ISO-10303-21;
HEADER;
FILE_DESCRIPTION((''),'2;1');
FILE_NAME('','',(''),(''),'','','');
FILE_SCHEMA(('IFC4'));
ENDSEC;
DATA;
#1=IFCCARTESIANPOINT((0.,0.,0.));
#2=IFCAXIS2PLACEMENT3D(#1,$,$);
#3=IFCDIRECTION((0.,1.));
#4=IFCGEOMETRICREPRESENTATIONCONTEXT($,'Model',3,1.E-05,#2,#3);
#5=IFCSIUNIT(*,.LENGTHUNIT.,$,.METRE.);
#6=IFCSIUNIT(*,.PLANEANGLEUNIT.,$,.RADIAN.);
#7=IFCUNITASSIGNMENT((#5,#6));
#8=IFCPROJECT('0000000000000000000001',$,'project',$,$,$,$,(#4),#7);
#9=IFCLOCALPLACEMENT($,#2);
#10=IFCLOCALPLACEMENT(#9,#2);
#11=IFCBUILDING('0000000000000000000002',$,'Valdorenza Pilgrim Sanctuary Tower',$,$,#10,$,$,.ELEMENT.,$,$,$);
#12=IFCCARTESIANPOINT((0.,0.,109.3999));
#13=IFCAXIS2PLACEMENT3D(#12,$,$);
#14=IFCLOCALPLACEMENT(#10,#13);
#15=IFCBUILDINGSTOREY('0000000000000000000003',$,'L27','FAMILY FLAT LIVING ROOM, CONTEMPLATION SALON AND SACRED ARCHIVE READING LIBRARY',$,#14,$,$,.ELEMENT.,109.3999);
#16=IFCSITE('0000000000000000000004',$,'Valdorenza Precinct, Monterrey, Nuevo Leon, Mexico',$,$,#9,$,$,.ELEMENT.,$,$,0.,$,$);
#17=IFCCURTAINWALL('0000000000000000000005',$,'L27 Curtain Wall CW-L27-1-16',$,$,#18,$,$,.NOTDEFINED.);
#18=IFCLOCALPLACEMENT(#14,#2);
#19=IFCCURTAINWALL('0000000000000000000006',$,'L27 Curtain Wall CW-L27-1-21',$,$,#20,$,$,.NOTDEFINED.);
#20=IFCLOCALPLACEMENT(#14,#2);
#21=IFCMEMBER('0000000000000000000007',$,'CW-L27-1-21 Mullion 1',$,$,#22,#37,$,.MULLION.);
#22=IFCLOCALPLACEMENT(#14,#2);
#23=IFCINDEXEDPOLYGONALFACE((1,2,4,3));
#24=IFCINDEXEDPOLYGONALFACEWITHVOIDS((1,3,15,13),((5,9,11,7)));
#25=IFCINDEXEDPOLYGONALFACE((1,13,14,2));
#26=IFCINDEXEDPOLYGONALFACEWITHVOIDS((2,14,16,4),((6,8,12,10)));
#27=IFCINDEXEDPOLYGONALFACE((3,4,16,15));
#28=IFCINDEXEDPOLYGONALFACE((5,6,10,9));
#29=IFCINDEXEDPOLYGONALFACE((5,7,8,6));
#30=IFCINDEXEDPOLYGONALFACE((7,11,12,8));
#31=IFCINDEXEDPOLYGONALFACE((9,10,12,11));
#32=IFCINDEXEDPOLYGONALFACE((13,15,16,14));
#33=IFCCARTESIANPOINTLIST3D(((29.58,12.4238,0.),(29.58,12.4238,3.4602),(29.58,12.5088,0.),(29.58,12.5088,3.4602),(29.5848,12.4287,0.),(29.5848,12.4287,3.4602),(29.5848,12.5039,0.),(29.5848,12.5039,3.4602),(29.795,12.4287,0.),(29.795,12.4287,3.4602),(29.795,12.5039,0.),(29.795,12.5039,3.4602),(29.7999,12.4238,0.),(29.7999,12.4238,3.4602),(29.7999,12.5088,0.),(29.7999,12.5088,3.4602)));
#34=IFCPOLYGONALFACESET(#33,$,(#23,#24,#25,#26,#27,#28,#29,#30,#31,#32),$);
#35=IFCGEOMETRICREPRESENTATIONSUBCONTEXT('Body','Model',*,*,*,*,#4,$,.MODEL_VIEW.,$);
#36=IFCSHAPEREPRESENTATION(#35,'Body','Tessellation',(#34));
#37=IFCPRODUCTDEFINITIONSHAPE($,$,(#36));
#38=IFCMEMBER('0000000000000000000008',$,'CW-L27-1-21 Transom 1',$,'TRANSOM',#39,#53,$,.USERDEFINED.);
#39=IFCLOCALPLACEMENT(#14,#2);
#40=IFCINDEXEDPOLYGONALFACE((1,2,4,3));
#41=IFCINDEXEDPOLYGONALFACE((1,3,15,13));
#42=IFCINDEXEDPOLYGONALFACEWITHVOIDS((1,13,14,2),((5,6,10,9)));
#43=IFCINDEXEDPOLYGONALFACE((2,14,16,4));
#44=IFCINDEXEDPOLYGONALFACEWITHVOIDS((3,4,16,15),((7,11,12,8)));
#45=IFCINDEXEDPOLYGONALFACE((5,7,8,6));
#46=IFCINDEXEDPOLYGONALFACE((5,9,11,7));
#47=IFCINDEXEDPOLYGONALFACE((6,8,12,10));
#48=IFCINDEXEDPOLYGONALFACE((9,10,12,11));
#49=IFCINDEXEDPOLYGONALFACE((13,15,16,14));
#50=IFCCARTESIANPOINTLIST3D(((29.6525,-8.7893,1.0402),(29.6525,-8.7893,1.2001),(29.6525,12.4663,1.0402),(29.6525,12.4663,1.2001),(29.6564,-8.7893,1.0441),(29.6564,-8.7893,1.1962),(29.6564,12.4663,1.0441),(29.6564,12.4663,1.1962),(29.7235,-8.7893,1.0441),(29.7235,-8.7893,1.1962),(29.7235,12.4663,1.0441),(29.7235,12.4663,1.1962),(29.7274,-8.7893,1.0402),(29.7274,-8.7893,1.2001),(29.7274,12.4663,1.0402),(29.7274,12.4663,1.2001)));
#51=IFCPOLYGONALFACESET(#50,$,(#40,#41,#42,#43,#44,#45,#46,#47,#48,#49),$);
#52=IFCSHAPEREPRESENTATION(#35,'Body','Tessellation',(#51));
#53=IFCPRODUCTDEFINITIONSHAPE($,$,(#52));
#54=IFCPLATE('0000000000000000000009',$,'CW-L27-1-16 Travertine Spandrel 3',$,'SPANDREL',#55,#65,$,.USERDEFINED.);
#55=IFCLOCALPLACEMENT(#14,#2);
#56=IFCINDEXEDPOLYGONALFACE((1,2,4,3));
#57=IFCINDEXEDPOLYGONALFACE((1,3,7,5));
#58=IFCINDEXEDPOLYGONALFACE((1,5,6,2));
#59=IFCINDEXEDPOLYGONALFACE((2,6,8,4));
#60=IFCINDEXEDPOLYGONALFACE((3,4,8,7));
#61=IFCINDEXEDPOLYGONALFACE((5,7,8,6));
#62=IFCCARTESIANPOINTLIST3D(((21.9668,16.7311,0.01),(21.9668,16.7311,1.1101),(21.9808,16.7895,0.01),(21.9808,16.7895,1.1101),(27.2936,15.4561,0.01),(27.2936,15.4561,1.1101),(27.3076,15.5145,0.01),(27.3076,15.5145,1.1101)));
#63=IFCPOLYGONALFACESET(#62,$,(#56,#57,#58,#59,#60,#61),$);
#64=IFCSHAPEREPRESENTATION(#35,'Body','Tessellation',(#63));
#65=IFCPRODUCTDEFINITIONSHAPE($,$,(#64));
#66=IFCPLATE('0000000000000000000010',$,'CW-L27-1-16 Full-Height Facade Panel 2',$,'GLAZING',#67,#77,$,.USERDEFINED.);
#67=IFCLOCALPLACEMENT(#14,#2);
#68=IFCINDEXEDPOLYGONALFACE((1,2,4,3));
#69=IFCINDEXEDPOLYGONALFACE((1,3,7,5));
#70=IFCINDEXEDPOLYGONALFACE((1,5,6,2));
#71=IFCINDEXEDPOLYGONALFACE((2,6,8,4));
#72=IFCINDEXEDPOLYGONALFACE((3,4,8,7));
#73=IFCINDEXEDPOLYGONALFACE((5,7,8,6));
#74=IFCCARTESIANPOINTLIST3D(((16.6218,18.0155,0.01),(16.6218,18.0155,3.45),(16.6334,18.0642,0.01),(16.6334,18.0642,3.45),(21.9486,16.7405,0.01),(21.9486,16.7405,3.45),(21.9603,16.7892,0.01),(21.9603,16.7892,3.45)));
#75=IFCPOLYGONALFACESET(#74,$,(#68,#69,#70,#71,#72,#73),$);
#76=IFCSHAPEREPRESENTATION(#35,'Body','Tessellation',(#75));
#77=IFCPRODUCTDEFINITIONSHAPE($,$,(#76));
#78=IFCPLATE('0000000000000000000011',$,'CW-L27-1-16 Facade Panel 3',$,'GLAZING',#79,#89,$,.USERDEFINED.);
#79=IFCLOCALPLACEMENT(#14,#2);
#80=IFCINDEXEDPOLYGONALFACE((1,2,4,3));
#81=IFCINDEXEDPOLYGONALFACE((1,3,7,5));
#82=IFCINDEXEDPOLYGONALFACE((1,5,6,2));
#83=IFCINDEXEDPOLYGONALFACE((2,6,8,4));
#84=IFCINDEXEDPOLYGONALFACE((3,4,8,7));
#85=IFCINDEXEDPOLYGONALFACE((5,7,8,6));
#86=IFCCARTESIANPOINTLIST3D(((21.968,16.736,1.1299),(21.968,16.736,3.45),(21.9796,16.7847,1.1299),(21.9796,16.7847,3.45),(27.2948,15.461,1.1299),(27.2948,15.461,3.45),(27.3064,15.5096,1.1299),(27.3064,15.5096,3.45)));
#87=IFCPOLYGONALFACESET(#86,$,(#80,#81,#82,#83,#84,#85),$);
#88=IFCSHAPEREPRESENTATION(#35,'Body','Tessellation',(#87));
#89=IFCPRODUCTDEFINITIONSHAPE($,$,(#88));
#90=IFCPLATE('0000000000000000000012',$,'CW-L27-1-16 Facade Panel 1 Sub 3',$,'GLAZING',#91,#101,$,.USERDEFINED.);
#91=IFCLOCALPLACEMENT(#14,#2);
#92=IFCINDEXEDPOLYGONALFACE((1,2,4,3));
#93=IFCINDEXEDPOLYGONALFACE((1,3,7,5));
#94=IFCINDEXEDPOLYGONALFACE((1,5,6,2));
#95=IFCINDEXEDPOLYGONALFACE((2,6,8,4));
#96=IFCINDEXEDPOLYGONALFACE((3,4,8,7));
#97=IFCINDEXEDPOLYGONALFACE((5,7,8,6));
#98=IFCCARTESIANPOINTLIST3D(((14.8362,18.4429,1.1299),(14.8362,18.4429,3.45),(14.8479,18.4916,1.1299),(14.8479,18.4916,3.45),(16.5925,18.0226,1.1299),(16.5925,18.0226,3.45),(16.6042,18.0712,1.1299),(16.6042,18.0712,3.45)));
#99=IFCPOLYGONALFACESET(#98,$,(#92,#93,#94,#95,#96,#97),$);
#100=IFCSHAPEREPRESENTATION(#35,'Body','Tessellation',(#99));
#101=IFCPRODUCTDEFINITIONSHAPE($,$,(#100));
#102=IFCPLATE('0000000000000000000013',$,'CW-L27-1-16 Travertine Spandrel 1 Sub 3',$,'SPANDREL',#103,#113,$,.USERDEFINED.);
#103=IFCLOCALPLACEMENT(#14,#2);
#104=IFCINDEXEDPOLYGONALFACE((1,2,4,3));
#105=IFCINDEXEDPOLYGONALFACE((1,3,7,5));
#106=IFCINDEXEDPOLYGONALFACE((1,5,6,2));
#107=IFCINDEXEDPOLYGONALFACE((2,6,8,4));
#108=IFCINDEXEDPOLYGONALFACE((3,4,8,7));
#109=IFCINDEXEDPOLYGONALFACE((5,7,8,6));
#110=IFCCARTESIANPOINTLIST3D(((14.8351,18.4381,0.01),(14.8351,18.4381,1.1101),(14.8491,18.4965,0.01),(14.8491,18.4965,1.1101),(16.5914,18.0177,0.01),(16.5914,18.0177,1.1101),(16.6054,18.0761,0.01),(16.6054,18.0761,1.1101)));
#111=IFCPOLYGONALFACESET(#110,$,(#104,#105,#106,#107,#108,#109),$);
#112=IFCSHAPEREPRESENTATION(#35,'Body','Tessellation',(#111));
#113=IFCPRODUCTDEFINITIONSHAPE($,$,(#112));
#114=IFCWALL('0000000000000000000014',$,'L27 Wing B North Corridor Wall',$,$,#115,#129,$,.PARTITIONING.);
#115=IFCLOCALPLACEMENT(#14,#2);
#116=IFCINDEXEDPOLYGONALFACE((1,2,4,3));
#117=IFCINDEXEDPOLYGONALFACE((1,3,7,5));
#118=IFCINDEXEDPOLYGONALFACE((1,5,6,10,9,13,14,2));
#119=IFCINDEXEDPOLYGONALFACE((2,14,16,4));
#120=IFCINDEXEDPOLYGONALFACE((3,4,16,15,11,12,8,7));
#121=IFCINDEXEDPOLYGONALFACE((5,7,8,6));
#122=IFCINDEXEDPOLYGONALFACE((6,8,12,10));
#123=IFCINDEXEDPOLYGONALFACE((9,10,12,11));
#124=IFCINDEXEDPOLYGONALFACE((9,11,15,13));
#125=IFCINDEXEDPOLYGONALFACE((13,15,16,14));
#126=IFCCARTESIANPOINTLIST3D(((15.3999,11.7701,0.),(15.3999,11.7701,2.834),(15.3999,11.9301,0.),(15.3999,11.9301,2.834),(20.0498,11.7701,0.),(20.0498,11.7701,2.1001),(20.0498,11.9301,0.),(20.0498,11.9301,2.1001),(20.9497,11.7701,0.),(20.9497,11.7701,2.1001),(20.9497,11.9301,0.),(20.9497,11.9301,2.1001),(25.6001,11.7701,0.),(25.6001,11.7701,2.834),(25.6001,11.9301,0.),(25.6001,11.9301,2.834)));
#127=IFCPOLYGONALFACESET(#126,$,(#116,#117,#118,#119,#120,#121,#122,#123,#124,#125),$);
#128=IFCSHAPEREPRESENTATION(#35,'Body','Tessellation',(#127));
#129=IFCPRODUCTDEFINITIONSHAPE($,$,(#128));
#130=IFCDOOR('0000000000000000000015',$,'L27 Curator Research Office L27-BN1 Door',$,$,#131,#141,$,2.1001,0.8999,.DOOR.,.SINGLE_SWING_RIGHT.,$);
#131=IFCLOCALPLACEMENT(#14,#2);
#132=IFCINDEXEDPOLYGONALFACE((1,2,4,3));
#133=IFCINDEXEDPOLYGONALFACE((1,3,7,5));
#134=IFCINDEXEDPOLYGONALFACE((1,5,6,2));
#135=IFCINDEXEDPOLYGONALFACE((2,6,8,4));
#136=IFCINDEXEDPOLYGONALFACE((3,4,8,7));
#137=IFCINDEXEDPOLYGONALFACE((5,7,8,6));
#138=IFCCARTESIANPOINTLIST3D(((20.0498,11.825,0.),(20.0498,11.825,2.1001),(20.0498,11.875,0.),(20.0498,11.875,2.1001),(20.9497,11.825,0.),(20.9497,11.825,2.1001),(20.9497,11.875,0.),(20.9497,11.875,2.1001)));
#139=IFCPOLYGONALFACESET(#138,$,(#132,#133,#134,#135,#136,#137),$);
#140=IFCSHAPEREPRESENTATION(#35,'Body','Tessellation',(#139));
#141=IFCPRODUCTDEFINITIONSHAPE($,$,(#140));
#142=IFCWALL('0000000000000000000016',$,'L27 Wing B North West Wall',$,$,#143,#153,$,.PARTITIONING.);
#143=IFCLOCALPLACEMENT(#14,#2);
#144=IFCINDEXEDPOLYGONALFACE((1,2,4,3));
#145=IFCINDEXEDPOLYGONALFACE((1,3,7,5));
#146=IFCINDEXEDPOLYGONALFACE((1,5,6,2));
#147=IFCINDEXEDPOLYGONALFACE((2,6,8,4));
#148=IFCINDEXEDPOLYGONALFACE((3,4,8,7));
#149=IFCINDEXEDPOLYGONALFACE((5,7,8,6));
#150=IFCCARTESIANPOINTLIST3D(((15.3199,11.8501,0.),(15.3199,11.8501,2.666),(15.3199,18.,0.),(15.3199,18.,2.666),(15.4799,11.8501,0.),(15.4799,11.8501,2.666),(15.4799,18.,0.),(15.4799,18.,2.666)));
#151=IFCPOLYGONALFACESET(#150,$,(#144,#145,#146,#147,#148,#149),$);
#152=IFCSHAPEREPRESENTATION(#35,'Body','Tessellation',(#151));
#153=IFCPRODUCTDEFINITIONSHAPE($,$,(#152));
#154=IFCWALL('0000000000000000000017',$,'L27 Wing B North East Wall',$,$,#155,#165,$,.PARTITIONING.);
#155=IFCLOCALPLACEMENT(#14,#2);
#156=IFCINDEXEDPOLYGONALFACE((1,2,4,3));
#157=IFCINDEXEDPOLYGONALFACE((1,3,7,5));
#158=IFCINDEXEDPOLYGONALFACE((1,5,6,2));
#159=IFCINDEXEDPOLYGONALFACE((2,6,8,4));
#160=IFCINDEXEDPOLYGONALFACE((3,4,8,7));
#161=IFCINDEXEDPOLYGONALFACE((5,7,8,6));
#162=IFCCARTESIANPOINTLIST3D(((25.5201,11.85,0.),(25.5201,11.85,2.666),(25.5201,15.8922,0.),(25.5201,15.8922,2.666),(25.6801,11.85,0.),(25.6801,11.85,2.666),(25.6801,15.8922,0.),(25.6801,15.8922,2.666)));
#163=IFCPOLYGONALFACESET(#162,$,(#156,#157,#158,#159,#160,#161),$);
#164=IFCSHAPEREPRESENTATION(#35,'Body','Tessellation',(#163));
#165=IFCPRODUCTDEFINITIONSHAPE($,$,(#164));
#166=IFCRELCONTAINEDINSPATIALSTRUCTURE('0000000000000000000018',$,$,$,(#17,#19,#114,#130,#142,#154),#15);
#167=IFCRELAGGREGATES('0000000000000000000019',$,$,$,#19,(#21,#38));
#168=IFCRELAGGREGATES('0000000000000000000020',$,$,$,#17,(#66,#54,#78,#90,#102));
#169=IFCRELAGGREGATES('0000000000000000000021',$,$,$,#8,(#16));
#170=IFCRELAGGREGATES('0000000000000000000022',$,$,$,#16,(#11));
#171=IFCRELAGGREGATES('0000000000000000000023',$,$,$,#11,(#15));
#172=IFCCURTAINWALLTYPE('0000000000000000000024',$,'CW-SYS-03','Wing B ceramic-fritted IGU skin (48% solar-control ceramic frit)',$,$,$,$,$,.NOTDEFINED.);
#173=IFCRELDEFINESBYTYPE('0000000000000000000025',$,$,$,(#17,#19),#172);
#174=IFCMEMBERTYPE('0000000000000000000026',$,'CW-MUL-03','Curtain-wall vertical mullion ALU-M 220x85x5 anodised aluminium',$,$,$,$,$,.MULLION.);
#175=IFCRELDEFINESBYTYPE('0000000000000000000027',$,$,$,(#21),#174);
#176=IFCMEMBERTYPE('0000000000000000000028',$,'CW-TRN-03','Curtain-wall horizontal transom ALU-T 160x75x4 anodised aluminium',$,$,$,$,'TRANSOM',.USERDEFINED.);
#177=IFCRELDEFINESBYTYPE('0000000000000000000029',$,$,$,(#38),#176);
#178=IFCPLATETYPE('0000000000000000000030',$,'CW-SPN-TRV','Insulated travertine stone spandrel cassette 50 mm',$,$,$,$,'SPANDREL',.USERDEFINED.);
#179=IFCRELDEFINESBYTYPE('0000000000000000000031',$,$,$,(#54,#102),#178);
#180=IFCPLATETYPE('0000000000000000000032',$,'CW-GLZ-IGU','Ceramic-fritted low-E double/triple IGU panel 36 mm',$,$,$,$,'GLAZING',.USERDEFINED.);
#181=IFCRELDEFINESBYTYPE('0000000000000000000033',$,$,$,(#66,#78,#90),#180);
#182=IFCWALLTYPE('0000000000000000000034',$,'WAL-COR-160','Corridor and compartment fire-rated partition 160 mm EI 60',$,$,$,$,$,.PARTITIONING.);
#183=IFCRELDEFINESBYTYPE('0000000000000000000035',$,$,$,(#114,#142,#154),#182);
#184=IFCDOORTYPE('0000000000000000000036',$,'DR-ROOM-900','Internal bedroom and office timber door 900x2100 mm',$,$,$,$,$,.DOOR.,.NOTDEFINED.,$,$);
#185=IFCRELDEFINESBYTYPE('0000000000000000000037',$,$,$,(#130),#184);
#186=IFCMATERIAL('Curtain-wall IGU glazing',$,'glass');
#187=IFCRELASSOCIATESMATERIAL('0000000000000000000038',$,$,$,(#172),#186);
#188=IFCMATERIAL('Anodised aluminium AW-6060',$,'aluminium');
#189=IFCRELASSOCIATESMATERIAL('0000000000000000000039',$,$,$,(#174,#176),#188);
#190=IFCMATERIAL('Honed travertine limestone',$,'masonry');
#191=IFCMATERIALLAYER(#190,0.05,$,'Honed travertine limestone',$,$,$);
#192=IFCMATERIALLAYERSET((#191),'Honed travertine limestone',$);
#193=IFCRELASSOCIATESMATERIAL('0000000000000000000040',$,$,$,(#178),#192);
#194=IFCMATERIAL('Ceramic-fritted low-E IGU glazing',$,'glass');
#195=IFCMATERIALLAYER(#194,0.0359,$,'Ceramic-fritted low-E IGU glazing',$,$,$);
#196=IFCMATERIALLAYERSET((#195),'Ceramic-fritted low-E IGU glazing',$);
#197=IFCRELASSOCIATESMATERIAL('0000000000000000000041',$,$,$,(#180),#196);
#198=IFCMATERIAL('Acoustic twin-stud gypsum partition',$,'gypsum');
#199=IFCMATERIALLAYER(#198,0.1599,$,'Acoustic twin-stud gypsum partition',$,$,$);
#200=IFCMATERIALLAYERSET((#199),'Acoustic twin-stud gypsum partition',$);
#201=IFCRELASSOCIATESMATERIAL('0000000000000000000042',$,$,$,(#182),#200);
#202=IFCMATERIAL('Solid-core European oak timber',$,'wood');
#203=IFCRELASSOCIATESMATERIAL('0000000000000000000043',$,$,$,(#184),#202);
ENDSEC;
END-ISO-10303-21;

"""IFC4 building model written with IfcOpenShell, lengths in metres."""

from ifc_helpers import new_model, si_unit, direction, frame, frame_2d, origin, origin_2d, place, context, subcontext, project, spatial, rectangle, hollow_rectangle, extrude, source, transform, mapped, material, layer, layer_set, material_profile, profile_set, type_object, element, fill, aggregate, save


model = new_model("IFC4")

# Units and contexts
model_context = context("Model", 3, precision=1e-05, world=origin(), true_north=direction((0.0, 1.0)))
body_context = subcontext(model_context, "Body", "Model", "MODEL_VIEW")
ifc_project = project(units=[si_unit("LENGTHUNIT", "METRE"), si_unit("PLANEANGLEUNIT", "RADIAN")], contexts=[model_context])

# Site, building, storey
site_placement = place(None, origin())
site = spatial("IfcSite", under=ifc_project, at=site_placement, Name="Valdorenza Precinct, Monterrey, Nuevo Leon, Mexico", CompositionType="ELEMENT", RefElevation=0.0)
building_placement = place(site_placement, origin())
building = spatial("IfcBuilding", under=site, at=building_placement, Name="Valdorenza Pilgrim Sanctuary Tower", CompositionType="ELEMENT")
storey_placement = place(building_placement, frame((0.0, 0.0, 109.3999)))
storey = spatial("IfcBuildingStorey", under=building, at=storey_placement, Name="L27", Description="FAMILY FLAT LIVING ROOM, CONTEMPLATION SALON AND SACRED ARCHIVE READING LIBRARY", CompositionType="ELEMENT", Elevation=109.3999)

# Curtain walls, members
ifc_material_1 = material(Name="Curtain-wall IGU glazing", Category="glass")
curtain_wall_type = type_object("IfcCurtainWallType", Name="CW-SYS-03", Description="Wing B ceramic-fritted IGU skin (48% solar-control ceramic frit)", PredefinedType="NOTDEFINED", material=ifc_material_1)
curtain_wall_1_placement = place(storey_placement, origin())
curtain_wall_1 = element("IfcCurtainWall", 1, at=curtain_wall_1_placement, inside=storey, type_object=curtain_wall_type, Name="L27 Curtain Wall CW-L27-1-16", PredefinedType="NOTDEFINED")
ifc_material_2 = material(Name="Anodised aluminium AW-6060", Category="aluminium")
ifc_material_profile_1 = material_profile(ifc_material_2, hollow_rectangle(XDim=0.085, YDim=0.22, WallThickness=0.0049, at=origin_2d()), Name="ALU-M 220x85x5")
ifc_profile_set_1 = profile_set([ifc_material_profile_1], Name="Anodised aluminium AW-6060")
member_type_1 = type_object("IfcMemberType", Name="CW-MUL-03", Description="Curtain-wall vertical mullion ALU-M 220x85x5 anodised aluminium", PredefinedType="MULLION", material=ifc_profile_set_1)
shared_shape_1 = source(origin(), body_context, "Body", "SweptSolid", [
    extrude(hollow_rectangle(XDim=0.085, YDim=0.22, WallThickness=0.0049, at=origin_2d()), origin(), (0.0, 0.0, 1.0), 3.4602),
])
curtain_wall_2_placement = place(storey_placement, origin())
curtain_wall_2 = element("IfcCurtainWall", 2, at=curtain_wall_2_placement, inside=storey, type_object=curtain_wall_type, Name="L27 Curtain Wall CW-L27-1-21", PredefinedType="NOTDEFINED")
member_1_placement = place(storey_placement, frame((29.6899, 12.4663, 0.0), z_axis=(0.0, 0.0, 1.0), x_axis=(0.0, -1.0, 0.0)))
member_1 = element("IfcMember", 3, at=member_1_placement, type_object=member_type_1, Name="CW-L27-1-21 Mullion 1", PredefinedType="MULLION", context=body_context, shape_type="MappedRepresentation", body=[
    mapped(shared_shape_1, transform((0.0, 0.0, 0.0), x_axis=(1.0, 0.0, 0.0), y_axis=(0.0, 1.0, 0.0), z_axis=(0.0, 0.0, 1.0), scale=1.0)),
])
ifc_material_profile_2 = material_profile(ifc_material_2, hollow_rectangle(XDim=0.075, YDim=0.1599, WallThickness=0.0039, at=origin_2d()), Name="ALU-T 160x75x4")
ifc_profile_set_2 = profile_set([ifc_material_profile_2], Name="Anodised aluminium AW-6060")
member_type_2 = type_object("IfcMemberType", Name="CW-TRN-03", Description="Curtain-wall horizontal transom ALU-T 160x75x4 anodised aluminium", ElementType="TRANSOM", PredefinedType="USERDEFINED", material=ifc_profile_set_2)
shared_shape_2 = source(origin(), body_context, "Body", "SweptSolid", [
    extrude(hollow_rectangle(XDim=0.075, YDim=0.1599, WallThickness=0.0039, at=origin_2d()), origin(), (0.0, 0.0, 1.0), 21.2556),
])
member_2_placement = place(storey_placement, frame((29.6899, 12.4663, 1.1201), z_axis=(0.0, -1.0, 0.0), x_axis=(1.0, 0.0, 0.0)))
member_2 = element("IfcMember", 4, at=member_2_placement, type_object=member_type_2, Name="CW-L27-1-21 Transom 1", ObjectType="TRANSOM", PredefinedType="USERDEFINED", context=body_context, shape_type="MappedRepresentation", body=[
    mapped(shared_shape_2, transform((0.0, 0.0, 0.0), x_axis=(1.0, 0.0, 0.0), y_axis=(0.0, 1.0, 0.0), z_axis=(0.0, 0.0, 1.0), scale=1.0)),
])
aggregate(curtain_wall_2, [member_1, member_2])

# Plates
ifc_material_3 = material(Name="Honed travertine limestone", Category="masonry")
ifc_layer_1 = layer(ifc_material_3, 0.05, Name="Honed travertine limestone")
ifc_layer_set_1 = layer_set([ifc_layer_1], Name="Honed travertine limestone")
plate_type_1 = type_object("IfcPlateType", Name="CW-SPN-TRV", Description="Insulated travertine stone spandrel cassette 50 mm", ElementType="SPANDREL", PredefinedType="USERDEFINED", material=ifc_layer_set_1)
shared_shape_3 = source(origin(), body_context, "Body", "SweptSolid", [
    extrude(rectangle(XDim=5.4773, YDim=0.0601, at=origin_2d()), origin(), (0.0, 0.0, 1.0), 1.1001),
])
plate_1_placement = place(storey_placement, frame((24.6372, 16.1228, 0.01), z_axis=(0.0, 0.0, 1.0), x_axis=(0.972529, -0.232783, 0.0)))
plate_1 = element("IfcPlate", 5, at=plate_1_placement, type_object=plate_type_1, Name="CW-L27-1-16 Travertine Spandrel 3", ObjectType="SPANDREL", PredefinedType="USERDEFINED", context=body_context, shape_type="MappedRepresentation", body=[
    mapped(shared_shape_3, transform((0.0, 0.0, 0.0), x_axis=(1.0, 0.0, 0.0), y_axis=(0.0, 1.0, 0.0), z_axis=(0.0, 0.0, 1.0), scale=1.0)),
])
ifc_material_4 = material(Name="Ceramic-fritted low-E IGU glazing", Category="glass")
ifc_layer_2 = layer(ifc_material_4, 0.0359, Name="Ceramic-fritted low-E IGU glazing")
ifc_layer_set_2 = layer_set([ifc_layer_2], Name="Ceramic-fritted low-E IGU glazing")
plate_type_2 = type_object("IfcPlateType", Name="CW-GLZ-IGU", Description="Ceramic-fritted low-E double/triple IGU panel 36 mm", ElementType="GLAZING", PredefinedType="USERDEFINED", material=ifc_layer_set_2)
shared_shape_4 = source(origin(), body_context, "Body", "SweptSolid", [
    extrude(rectangle(XDim=5.4773, YDim=0.05, at=origin_2d()), origin(), (0.0, 0.0, 1.0), 3.4399),
])
plate_2_placement = place(storey_placement, frame((19.291, 17.4023, 0.01), z_axis=(0.0, 0.0, 1.0), x_axis=(0.972529, -0.232783, 0.0)))
plate_2 = element("IfcPlate", 6, at=plate_2_placement, type_object=plate_type_2, Name="CW-L27-1-16 Full-Height Facade Panel 2", ObjectType="GLAZING", PredefinedType="USERDEFINED", context=body_context, shape_type="MappedRepresentation", body=[
    mapped(shared_shape_4, transform((0.0, 0.0, 0.0), x_axis=(1.0, 0.0, 0.0), y_axis=(0.0, 1.0, 0.0), z_axis=(0.0, 0.0, 1.0), scale=1.0)),
])
shared_shape_5 = source(origin(), body_context, "Body", "SweptSolid", [
    extrude(rectangle(XDim=5.4773, YDim=0.05, at=origin_2d()), origin(), (0.0, 0.0, 1.0), 2.3201),
])
plate_3_placement = place(storey_placement, frame((24.6372, 16.1228, 1.1299), z_axis=(0.0, 0.0, 1.0), x_axis=(0.972529, -0.232783, 0.0)))
plate_3 = element("IfcPlate", 7, at=plate_3_placement, type_object=plate_type_2, Name="CW-L27-1-16 Facade Panel 3", ObjectType="GLAZING", PredefinedType="USERDEFINED", context=body_context, shape_type="MappedRepresentation", body=[
    mapped(shared_shape_5, transform((0.0, 0.0, 0.0), x_axis=(1.0, 0.0, 0.0), y_axis=(0.0, 1.0, 0.0), z_axis=(0.0, 0.0, 1.0), scale=1.0)),
])
shared_shape_6 = source(origin(), body_context, "Body", "SweptSolid", [
    extrude(rectangle(XDim=1.8059, YDim=0.05, at=origin_2d()), origin(), (0.0, 0.0, 1.0), 2.3201),
])
plate_4_placement = place(storey_placement, frame((15.7202, 18.2571, 1.1299), z_axis=(0.0, 0.0, 1.0), x_axis=(0.972529, -0.232783, 0.0)))
plate_4 = element("IfcPlate", 8, at=plate_4_placement, type_object=plate_type_2, Name="CW-L27-1-16 Facade Panel 1 Sub 3", ObjectType="GLAZING", PredefinedType="USERDEFINED", context=body_context, shape_type="MappedRepresentation", body=[
    mapped(shared_shape_6, transform((0.0, 0.0, 0.0), x_axis=(1.0, 0.0, 0.0), y_axis=(0.0, 1.0, 0.0), z_axis=(0.0, 0.0, 1.0), scale=1.0)),
])
shared_shape_7 = source(origin(), body_context, "Body", "SweptSolid", [
    extrude(rectangle(XDim=1.8059, YDim=0.0601, at=origin_2d()), origin(), (0.0, 0.0, 1.0), 1.1001),
])
plate_5_placement = place(storey_placement, frame((15.7202, 18.2571, 0.01), z_axis=(0.0, 0.0, 1.0), x_axis=(0.972529, -0.232783, 0.0)))
plate_5 = element("IfcPlate", 9, at=plate_5_placement, type_object=plate_type_1, Name="CW-L27-1-16 Travertine Spandrel 1 Sub 3", ObjectType="SPANDREL", PredefinedType="USERDEFINED", context=body_context, shape_type="MappedRepresentation", body=[
    mapped(shared_shape_7, transform((0.0, 0.0, 0.0), x_axis=(1.0, 0.0, 0.0), y_axis=(0.0, 1.0, 0.0), z_axis=(0.0, 0.0, 1.0), scale=1.0)),
])
aggregate(curtain_wall_1, [plate_2, plate_1, plate_3, plate_4, plate_5])

# Wall, opening, door
ifc_material_5 = material(Name="Acoustic twin-stud gypsum partition", Category="gypsum")
ifc_layer_3 = layer(ifc_material_5, 0.1599, Name="Acoustic twin-stud gypsum partition")
ifc_layer_set_3 = layer_set([ifc_layer_3], Name="Acoustic twin-stud gypsum partition")
wall_type_1 = type_object("IfcWallType", Name="WAL-COR-160", Description="Corridor and compartment fire-rated partition 160 mm EI 60", PredefinedType="PARTITIONING", material=ifc_layer_set_3)
wall_1_placement = place(storey_placement, frame((15.3999, 11.8501, 0.0), z_axis=(0.0, 0.0, 1.0), x_axis=(1.0, 0.0, 0.0)))
wall_1 = element("IfcWall", 10, at=wall_1_placement, inside=storey, type_object=wall_type_1, Name="L27 Wing B North Corridor Wall", PredefinedType="PARTITIONING", context=body_context, shape_type="SweptSolid", body=[
    extrude(rectangle(XDim=10.2002, YDim=0.1599, at=frame_2d((5.1001, 0.0))), origin(), (0.0, 0.0, 1.0), 2.834),
])
opening_1_placement = place(wall_1_placement, frame((4.6499, 0.0, 0.0)))
opening_1 = element("IfcOpeningElement", 11, at=opening_1_placement, cuts=wall_1, PredefinedType="OPENING", context=body_context, shape_type="SweptSolid", body=[
    extrude(rectangle(XDim=0.8999, YDim=2.1001, at=frame_2d((0.45, 1.05))), frame((0.0, 0.0947, 0.0), z_axis=(0.0, -1.0, 0.0), x_axis=(1.0, 0.0, 0.0)), (0.0, 0.0, 1.0), 0.1897),
])
ifc_material_6 = material(Name="Solid-core European oak timber", Category="wood")
door_type = type_object("IfcDoorType", Name="DR-ROOM-900", Description="Internal bedroom and office timber door 900x2100 mm", OperationType="NOTDEFINED", PredefinedType="DOOR", material=ifc_material_6)
door_1_placement = place(opening_1_placement, origin())
door_1 = element("IfcDoor", 12, at=door_1_placement, inside=storey, type_object=door_type, Name="L27 Curator Research Office L27-BN1 Door", OperationType="SINGLE_SWING_RIGHT", OverallHeight=2.1001, OverallWidth=0.8999, PredefinedType="DOOR", context=body_context, shape_type="SweptSolid", body=[
    extrude(rectangle(XDim=0.8999, YDim=2.1001, at=frame_2d((0.45, 1.05))), frame((0.0, 0.0249, 0.0), z_axis=(0.0, -1.0, 0.0), x_axis=(1.0, 0.0, 0.0)), (0.0, 0.0, 1.0), 0.05),
])
fill(opening_1, door_1)

# Walls
wall_2_placement = place(storey_placement, frame((15.3999, 11.8501, 0.0), z_axis=(0.0, 0.0, 1.0), x_axis=(0.0, 1.0, 0.0)))
element("IfcWall", 13, at=wall_2_placement, inside=storey, type_object=wall_type_1, Name="L27 Wing B North West Wall", PredefinedType="PARTITIONING", context=body_context, shape_type="SweptSolid", body=[
    extrude(rectangle(XDim=6.1499, YDim=0.1599, at=frame_2d((3.075, 0.0))), origin(), (0.0, 0.0, 1.0), 2.666),
])
wall_3_placement = place(storey_placement, frame((25.6001, 11.8501, 0.0), z_axis=(0.0, 0.0, 1.0), x_axis=(0.0, 1.0, 0.0)))
element("IfcWall", 14, at=wall_3_placement, inside=storey, type_object=wall_type_1, Name="L27 Wing B North East Wall", PredefinedType="PARTITIONING", context=body_context, shape_type="SweptSolid", body=[
    extrude(rectangle(XDim=4.0422, YDim=0.1599, at=frame_2d((2.021, 0.0))), origin(), (0.0, 0.0, 1.0), 2.666),
])

save(model, "model.ifc")
